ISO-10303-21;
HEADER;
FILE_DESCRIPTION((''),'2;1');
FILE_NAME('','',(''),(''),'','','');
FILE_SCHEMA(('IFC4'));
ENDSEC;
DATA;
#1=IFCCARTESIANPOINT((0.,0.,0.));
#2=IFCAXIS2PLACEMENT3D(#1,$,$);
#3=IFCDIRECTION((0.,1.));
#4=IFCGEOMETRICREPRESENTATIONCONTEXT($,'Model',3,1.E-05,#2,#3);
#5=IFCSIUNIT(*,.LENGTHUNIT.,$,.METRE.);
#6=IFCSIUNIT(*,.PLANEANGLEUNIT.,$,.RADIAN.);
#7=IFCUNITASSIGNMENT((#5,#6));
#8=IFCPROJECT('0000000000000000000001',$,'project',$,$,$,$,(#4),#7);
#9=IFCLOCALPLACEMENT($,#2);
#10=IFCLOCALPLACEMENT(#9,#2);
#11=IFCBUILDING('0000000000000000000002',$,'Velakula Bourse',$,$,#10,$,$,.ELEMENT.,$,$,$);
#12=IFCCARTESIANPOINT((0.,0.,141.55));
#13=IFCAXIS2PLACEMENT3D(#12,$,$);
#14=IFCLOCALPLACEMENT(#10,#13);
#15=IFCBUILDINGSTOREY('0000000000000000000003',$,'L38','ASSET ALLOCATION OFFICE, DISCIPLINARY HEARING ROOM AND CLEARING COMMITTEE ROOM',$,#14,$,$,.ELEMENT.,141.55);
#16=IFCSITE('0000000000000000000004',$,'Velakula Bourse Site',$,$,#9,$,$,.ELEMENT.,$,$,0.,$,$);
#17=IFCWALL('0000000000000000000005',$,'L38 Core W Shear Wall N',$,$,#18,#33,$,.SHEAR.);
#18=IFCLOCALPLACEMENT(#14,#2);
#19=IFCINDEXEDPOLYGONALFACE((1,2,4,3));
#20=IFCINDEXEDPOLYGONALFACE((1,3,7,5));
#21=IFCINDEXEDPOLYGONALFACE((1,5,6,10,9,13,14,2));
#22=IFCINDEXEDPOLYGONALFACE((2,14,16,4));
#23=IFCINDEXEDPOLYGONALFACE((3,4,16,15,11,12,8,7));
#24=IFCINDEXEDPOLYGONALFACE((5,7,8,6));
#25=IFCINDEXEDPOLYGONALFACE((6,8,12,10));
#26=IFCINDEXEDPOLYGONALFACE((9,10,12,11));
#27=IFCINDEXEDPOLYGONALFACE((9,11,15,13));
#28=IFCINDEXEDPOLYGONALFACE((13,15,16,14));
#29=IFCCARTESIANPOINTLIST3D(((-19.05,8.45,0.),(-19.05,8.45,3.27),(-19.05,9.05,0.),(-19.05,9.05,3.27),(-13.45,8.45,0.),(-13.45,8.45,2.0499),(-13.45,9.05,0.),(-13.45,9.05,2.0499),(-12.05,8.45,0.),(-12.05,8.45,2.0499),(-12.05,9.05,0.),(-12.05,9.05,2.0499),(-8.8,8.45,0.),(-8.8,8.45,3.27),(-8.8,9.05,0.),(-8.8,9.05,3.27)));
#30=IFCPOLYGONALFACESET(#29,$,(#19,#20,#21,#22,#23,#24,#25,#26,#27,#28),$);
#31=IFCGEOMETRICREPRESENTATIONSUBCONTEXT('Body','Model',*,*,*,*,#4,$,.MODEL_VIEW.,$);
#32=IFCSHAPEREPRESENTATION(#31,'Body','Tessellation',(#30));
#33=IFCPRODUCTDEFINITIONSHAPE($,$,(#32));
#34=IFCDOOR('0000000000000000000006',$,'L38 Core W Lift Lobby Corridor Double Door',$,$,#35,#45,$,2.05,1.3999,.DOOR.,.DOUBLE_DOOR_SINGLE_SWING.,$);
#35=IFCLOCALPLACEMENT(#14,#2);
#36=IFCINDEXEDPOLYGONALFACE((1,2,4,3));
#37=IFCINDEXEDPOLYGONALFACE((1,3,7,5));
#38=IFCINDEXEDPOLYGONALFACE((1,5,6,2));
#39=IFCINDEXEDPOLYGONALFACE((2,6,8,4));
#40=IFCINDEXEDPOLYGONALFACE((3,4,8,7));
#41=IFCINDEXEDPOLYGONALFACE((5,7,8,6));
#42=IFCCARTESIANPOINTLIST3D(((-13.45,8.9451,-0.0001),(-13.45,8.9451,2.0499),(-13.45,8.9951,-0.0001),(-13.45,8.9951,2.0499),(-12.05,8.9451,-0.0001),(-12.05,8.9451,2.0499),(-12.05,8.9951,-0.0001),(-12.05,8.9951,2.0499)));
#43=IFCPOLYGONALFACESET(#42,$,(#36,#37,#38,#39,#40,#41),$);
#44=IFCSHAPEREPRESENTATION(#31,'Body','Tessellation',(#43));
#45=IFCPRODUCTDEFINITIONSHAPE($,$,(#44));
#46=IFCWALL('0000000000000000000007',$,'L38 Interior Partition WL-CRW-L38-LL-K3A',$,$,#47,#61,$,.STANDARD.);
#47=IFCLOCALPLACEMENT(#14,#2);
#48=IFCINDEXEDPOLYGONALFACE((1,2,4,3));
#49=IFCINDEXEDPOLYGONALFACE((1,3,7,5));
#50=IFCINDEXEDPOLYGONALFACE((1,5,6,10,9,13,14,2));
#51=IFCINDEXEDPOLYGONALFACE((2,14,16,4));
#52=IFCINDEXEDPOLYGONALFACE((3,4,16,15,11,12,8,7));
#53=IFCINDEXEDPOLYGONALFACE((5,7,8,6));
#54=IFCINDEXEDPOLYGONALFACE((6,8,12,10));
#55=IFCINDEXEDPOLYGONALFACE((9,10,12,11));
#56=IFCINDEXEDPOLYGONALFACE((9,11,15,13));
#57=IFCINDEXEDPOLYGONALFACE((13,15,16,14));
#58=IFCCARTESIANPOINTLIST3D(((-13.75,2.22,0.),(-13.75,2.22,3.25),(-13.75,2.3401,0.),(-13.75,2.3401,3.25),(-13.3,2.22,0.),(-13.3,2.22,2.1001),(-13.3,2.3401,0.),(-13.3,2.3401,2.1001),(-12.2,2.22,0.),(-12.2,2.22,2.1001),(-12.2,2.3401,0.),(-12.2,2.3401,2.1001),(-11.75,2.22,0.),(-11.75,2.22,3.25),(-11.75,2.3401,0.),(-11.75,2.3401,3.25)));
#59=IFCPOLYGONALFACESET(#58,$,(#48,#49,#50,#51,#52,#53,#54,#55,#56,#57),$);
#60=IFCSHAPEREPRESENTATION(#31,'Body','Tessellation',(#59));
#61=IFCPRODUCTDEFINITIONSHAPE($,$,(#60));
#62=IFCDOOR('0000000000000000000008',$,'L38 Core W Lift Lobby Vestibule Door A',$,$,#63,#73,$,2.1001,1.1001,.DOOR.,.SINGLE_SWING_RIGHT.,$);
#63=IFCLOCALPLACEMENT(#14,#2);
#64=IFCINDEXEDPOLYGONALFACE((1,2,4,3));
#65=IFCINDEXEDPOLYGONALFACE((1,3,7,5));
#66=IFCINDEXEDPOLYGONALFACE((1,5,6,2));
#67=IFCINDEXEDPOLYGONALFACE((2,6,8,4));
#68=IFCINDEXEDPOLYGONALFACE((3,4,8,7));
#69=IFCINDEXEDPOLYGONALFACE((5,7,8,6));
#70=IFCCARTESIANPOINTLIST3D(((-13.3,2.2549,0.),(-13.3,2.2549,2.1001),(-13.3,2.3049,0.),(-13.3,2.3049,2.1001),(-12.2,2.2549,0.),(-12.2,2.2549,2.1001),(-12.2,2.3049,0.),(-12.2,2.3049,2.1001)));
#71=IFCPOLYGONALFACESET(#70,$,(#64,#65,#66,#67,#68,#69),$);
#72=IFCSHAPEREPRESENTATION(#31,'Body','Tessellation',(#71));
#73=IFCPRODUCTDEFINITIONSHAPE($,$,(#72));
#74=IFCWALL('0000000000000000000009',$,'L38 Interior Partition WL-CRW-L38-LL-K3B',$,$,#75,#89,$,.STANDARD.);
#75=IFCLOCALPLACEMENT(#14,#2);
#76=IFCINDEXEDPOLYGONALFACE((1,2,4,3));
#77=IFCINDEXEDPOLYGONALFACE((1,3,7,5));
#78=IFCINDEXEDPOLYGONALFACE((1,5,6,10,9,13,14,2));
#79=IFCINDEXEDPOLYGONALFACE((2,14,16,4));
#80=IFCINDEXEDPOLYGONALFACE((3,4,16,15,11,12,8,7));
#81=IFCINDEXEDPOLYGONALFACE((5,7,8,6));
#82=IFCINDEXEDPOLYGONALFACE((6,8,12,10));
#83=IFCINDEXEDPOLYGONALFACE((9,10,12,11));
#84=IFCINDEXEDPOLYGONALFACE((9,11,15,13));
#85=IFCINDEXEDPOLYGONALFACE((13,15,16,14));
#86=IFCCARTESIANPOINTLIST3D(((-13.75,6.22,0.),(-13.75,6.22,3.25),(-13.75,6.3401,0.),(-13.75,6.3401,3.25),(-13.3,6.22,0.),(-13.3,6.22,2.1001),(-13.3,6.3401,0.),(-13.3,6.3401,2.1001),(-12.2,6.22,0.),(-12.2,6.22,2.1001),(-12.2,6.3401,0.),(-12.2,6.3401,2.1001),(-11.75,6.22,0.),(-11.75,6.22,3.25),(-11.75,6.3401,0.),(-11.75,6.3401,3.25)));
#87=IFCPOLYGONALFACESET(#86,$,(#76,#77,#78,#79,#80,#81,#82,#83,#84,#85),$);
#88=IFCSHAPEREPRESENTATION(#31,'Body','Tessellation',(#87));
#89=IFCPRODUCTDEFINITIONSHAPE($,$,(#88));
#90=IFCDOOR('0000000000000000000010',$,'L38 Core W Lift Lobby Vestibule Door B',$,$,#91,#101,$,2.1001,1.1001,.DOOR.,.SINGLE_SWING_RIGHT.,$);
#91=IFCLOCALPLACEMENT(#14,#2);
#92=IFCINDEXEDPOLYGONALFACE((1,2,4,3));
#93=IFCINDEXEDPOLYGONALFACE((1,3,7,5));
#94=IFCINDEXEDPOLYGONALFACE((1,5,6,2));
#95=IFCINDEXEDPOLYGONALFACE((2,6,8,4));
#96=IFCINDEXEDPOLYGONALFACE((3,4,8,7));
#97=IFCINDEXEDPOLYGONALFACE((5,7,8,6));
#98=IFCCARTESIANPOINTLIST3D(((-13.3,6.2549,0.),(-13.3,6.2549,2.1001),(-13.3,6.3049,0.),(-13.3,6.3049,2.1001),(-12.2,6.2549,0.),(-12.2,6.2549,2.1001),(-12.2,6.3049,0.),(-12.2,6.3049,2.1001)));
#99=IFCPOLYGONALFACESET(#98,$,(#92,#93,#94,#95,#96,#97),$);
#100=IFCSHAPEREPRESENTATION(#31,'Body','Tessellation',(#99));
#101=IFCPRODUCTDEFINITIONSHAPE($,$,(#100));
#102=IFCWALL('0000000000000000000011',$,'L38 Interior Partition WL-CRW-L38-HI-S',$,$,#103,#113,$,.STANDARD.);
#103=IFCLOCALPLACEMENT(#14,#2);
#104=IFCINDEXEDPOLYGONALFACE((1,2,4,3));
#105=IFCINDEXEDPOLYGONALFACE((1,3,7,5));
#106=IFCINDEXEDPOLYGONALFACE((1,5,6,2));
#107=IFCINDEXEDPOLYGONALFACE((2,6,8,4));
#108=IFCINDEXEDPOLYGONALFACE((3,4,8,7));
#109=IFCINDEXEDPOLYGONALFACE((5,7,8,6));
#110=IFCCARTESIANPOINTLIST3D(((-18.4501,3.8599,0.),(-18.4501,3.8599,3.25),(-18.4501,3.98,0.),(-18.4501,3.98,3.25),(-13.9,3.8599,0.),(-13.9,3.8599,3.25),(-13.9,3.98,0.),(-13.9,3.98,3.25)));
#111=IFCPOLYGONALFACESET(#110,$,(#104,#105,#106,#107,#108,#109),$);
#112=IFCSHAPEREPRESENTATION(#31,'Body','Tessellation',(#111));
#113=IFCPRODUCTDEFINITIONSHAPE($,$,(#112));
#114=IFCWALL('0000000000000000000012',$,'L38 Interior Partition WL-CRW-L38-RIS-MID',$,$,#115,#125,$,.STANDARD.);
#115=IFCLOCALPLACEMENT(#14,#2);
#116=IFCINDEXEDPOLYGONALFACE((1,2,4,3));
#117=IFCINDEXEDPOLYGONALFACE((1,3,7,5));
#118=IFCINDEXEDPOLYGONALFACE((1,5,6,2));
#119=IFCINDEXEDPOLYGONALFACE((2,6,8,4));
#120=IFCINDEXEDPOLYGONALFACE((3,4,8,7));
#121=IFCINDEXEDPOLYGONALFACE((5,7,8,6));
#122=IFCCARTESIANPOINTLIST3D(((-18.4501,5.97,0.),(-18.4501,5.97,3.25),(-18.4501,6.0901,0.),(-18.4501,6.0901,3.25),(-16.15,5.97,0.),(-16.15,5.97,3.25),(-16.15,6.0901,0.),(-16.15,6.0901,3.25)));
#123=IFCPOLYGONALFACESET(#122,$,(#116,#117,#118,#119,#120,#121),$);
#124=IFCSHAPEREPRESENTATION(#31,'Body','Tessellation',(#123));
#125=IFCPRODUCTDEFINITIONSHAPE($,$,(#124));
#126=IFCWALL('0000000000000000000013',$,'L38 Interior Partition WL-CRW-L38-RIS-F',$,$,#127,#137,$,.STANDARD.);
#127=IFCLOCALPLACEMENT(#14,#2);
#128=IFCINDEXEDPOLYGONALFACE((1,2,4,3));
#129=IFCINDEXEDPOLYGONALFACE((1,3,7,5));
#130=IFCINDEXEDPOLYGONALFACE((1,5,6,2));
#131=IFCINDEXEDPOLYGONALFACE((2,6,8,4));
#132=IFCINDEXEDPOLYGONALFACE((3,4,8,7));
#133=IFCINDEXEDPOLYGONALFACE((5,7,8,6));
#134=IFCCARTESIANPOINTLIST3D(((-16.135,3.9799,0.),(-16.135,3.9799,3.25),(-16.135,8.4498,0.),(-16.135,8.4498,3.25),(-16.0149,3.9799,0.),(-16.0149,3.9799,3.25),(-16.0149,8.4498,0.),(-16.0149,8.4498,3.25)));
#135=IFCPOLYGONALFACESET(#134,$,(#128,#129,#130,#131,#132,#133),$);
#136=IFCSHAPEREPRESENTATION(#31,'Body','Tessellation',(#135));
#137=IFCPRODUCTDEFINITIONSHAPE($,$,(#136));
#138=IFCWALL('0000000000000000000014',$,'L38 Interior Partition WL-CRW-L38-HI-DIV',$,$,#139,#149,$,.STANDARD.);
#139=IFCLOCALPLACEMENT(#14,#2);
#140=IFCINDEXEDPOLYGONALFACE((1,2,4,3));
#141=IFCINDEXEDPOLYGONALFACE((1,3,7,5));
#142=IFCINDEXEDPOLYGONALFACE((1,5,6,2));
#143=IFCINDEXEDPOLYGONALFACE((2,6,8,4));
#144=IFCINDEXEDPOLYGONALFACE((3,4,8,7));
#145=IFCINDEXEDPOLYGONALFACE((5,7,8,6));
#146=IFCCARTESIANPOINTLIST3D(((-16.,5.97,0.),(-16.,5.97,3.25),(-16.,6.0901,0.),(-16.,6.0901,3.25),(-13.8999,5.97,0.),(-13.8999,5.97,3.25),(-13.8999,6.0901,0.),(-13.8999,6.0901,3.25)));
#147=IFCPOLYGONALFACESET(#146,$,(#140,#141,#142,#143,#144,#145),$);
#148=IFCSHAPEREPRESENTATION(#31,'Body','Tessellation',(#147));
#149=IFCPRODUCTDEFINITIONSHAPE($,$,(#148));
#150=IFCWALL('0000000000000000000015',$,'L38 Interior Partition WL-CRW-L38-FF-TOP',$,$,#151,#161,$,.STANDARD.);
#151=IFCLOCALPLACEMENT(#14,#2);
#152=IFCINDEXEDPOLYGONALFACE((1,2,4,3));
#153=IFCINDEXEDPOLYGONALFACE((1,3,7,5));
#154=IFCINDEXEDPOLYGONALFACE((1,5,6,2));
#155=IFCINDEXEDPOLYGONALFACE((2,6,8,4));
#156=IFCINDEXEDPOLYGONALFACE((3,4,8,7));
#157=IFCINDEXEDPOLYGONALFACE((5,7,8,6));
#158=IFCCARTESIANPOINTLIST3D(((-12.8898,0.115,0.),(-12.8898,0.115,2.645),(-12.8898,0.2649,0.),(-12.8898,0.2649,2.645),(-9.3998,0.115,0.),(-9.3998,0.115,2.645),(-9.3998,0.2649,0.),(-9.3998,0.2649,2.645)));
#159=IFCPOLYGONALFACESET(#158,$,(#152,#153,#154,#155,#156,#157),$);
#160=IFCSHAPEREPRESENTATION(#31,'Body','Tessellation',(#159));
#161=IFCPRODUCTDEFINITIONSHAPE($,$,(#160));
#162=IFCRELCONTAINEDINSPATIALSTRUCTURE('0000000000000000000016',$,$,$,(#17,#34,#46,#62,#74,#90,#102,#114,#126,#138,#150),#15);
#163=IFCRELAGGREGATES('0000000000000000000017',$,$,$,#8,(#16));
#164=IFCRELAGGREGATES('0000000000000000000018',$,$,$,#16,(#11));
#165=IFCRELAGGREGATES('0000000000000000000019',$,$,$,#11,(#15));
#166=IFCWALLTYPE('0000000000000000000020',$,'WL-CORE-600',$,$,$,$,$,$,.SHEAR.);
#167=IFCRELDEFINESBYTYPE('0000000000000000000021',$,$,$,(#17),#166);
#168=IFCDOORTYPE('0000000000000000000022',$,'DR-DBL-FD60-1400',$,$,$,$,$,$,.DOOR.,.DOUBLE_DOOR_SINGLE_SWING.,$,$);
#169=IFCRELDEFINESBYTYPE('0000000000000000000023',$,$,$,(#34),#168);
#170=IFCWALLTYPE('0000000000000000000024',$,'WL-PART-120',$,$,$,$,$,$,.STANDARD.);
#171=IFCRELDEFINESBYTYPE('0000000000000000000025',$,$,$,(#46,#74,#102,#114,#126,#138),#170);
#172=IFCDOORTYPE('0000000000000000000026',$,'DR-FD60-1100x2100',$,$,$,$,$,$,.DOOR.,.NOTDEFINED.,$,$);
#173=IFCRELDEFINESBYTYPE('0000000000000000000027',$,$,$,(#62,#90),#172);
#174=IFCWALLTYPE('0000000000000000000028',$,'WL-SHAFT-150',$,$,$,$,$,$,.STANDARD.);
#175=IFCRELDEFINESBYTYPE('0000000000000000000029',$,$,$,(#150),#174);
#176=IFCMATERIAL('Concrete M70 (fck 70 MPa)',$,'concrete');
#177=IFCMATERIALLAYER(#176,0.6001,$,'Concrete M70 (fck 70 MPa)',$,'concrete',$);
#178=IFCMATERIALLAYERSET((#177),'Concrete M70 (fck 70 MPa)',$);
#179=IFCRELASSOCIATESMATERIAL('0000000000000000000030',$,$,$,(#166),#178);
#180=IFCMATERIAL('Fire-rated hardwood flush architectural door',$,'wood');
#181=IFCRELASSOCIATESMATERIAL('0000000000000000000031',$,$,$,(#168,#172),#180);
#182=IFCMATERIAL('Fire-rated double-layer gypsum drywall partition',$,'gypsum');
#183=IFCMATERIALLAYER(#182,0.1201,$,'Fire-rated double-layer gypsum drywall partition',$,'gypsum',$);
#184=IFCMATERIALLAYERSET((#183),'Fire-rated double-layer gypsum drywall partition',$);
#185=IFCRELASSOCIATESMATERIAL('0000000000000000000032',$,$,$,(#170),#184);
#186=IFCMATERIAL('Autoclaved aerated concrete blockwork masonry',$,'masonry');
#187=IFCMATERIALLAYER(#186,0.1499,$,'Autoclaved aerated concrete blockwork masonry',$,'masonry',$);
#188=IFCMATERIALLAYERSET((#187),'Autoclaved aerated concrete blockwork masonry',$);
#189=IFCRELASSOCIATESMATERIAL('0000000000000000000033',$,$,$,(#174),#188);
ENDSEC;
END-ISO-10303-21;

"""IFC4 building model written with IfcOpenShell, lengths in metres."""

from ifc_helpers import new_model, si_unit, direction, frame, frame_2d, origin, place, context, subcontext, project, spatial, rectangle, extrude, material, layer, layer_set, type_object, element, fill, save


model = new_model("IFC4")

# Units and contexts
model_context = context("Model", 3, precision=1e-05, world=origin(), true_north=direction((0.0, 1.0)))
body_context = subcontext(model_context, "Body", "Model", "MODEL_VIEW")
ifc_project = project(units=[si_unit("LENGTHUNIT", "METRE"), si_unit("PLANEANGLEUNIT", "RADIAN")], contexts=[model_context])

# Site, building, storey
site_placement = place(None, origin())
site = spatial("IfcSite", under=ifc_project, at=site_placement, Name="Velakula Bourse Site", CompositionType="ELEMENT", RefElevation=0.0)
building_placement = place(site_placement, origin())
building = spatial("IfcBuilding", under=site, at=building_placement, Name="Velakula Bourse", CompositionType="ELEMENT")
storey_placement = place(building_placement, frame((0.0, 0.0, 141.55)))
storey = spatial("IfcBuildingStorey", under=building, at=storey_placement, Name="L38", Description="ASSET ALLOCATION OFFICE, DISCIPLINARY HEARING ROOM AND CLEARING COMMITTEE ROOM", CompositionType="ELEMENT", Elevation=141.55)

# Shared definitions
ifc_material_1 = material(Name="Concrete M70 (fck 70 MPa)", Category="concrete")

# Walls, openings, doors
ifc_layer_1 = layer(ifc_material_1, 0.6001, Name="Concrete M70 (fck 70 MPa)", Category="concrete")
ifc_layer_set_1 = layer_set([ifc_layer_1], Name="Concrete M70 (fck 70 MPa)")
wall_type_1 = type_object("IfcWallType", Name="WL-CORE-600", PredefinedType="SHEAR", material=ifc_layer_set_1)
wall_1_placement = place(storey_placement, frame((-19.05, 8.75, 0.0), z_axis=(0.0, 0.0, 1.0), x_axis=(1.0, 0.0, 0.0)))
wall_1 = element("IfcWall", 1, at=wall_1_placement, inside=storey, type_object=wall_type_1, Name="L38 Core W Shear Wall N", PredefinedType="SHEAR", context=body_context, shape_type="SweptSolid", body=[
    extrude(rectangle(XDim=10.25, YDim=0.6001, at=frame_2d((5.125, 0.0))), origin(), (0.0, 0.0, 1.0), 3.27),
])
opening_1_placement = place(wall_1_placement, frame((5.6001, 0.0, 0.0)))
opening_1 = element("IfcOpeningElement", 2, at=opening_1_placement, cuts=wall_1, PredefinedType="OPENING", context=body_context, shape_type="SweptSolid", body=[
    extrude(rectangle(XDim=1.3999, YDim=2.05, at=frame_2d((0.7, 1.0249))), frame((0.0, 0.3101, 0.0), z_axis=(0.0, -1.0, 0.0), x_axis=(1.0, 0.0, 0.0)), (0.0, 0.0, 1.0), 0.6201),
])
ifc_material_2 = material(Name="Fire-rated hardwood flush architectural door", Category="wood")
door_type_1 = type_object("IfcDoorType", Name="DR-DBL-FD60-1400", OperationType="DOUBLE_DOOR_SINGLE_SWING", PredefinedType="DOOR", material=ifc_material_2)
door_1_placement = place(opening_1_placement, origin())
door_1 = element("IfcDoor", 3, at=door_1_placement, inside=storey, type_object=door_type_1, Name="L38 Core W Lift Lobby Corridor Double Door", OperationType="DOUBLE_DOOR_SINGLE_SWING", OverallHeight=2.05, OverallWidth=1.3999, PredefinedType="DOOR", context=body_context, shape_type="SweptSolid", body=[
    extrude(rectangle(XDim=1.3999, YDim=2.05, at=frame_2d((0.7, 1.0249))), frame((0.0, 0.2451, 0.0), z_axis=(0.0, -1.0, 0.0), x_axis=(1.0, 0.0, 0.0)), (0.0, 0.0, 1.0), 0.05),
])
fill(opening_1, door_1)
ifc_material_3 = material(Name="Fire-rated double-layer gypsum drywall partition", Category="gypsum")
ifc_layer_2 = layer(ifc_material_3, 0.1201, Name="Fire-rated double-layer gypsum drywall partition", Category="gypsum")
ifc_layer_set_2 = layer_set([ifc_layer_2], Name="Fire-rated double-layer gypsum drywall partition")
wall_type_2 = type_object("IfcWallType", Name="WL-PART-120", PredefinedType="STANDARD", material=ifc_layer_set_2)
wall_2_placement = place(storey_placement, frame((-13.75, 2.28, 0.0), z_axis=(0.0, 0.0, 1.0), x_axis=(1.0, 0.0, 0.0)))
wall_2 = element("IfcWall", 4, at=wall_2_placement, inside=storey, type_object=wall_type_2, Name="L38 Interior Partition WL-CRW-L38-LL-K3A", PredefinedType="STANDARD", context=body_context, shape_type="SweptSolid", body=[
    extrude(rectangle(XDim=2.0, YDim=0.1201, at=frame_2d((1.0, 0.0))), origin(), (0.0, 0.0, 1.0), 3.25),
])
opening_2_placement = place(wall_2_placement, frame((0.45, 0.0, 0.0)))
opening_2 = element("IfcOpeningElement", 5, at=opening_2_placement, cuts=wall_2, PredefinedType="OPENING", context=body_context, shape_type="SweptSolid", body=[
    extrude(rectangle(XDim=1.1001, YDim=2.1001, at=frame_2d((0.55, 1.05))), frame((0.0, 0.0701, 0.0), z_axis=(0.0, -1.0, 0.0), x_axis=(1.0, 0.0, 0.0)), (0.0, 0.0, 1.0), 0.1401),
])
door_type_2 = type_object("IfcDoorType", Name="DR-FD60-1100x2100", OperationType="NOTDEFINED", PredefinedType="DOOR", material=ifc_material_2)
door_2_placement = place(opening_2_placement, origin())
door_2 = element("IfcDoor", 6, at=door_2_placement, inside=storey, type_object=door_type_2, Name="L38 Core W Lift Lobby Vestibule Door A", OperationType="SINGLE_SWING_RIGHT", OverallHeight=2.1001, OverallWidth=1.1001, PredefinedType="DOOR", context=body_context, shape_type="SweptSolid", body=[
    extrude(rectangle(XDim=1.1001, YDim=2.1001, at=frame_2d((0.55, 1.05))), frame((0.0, 0.0249, 0.0), z_axis=(0.0, -1.0, 0.0), x_axis=(1.0, 0.0, 0.0)), (0.0, 0.0, 1.0), 0.05),
])
fill(opening_2, door_2)
wall_3_placement = place(storey_placement, frame((-13.75, 6.28, 0.0), z_axis=(0.0, 0.0, 1.0), x_axis=(1.0, 0.0, 0.0)))
wall_3 = element("IfcWall", 7, at=wall_3_placement, inside=storey, type_object=wall_type_2, Name="L38 Interior Partition WL-CRW-L38-LL-K3B", PredefinedType="STANDARD", context=body_context, shape_type="SweptSolid", body=[
    extrude(rectangle(XDim=2.0, YDim=0.1201, at=frame_2d((1.0, 0.0))), origin(), (0.0, 0.0, 1.0), 3.25),
])
opening_3_placement = place(wall_3_placement, frame((0.45, 0.0, 0.0)))
opening_3 = element("IfcOpeningElement", 8, at=opening_3_placement, cuts=wall_3, PredefinedType="OPENING", context=body_context, shape_type="SweptSolid", body=[
    extrude(rectangle(XDim=1.1001, YDim=2.1001, at=frame_2d((0.55, 1.05))), frame((0.0, 0.0701, 0.0), z_axis=(0.0, -1.0, 0.0), x_axis=(1.0, 0.0, 0.0)), (0.0, 0.0, 1.0), 0.1401),
])
door_3_placement = place(opening_3_placement, origin())
door_3 = element("IfcDoor", 9, at=door_3_placement, inside=storey, type_object=door_type_2, Name="L38 Core W Lift Lobby Vestibule Door B", OperationType="SINGLE_SWING_RIGHT", OverallHeight=2.1001, OverallWidth=1.1001, PredefinedType="DOOR", context=body_context, shape_type="SweptSolid", body=[
    extrude(rectangle(XDim=1.1001, YDim=2.1001, at=frame_2d((0.55, 1.05))), frame((0.0, 0.0249, 0.0), z_axis=(0.0, -1.0, 0.0), x_axis=(1.0, 0.0, 0.0)), (0.0, 0.0, 1.0), 0.05),
])
fill(opening_3, door_3)

# Walls
wall_4_placement = place(storey_placement, frame((-18.45, 3.9199, 0.0), z_axis=(0.0, 0.0, 1.0), x_axis=(1.0, 0.0, 0.0)))
element("IfcWall", 10, at=wall_4_placement, inside=storey, type_object=wall_type_2, Name="L38 Interior Partition WL-CRW-L38-HI-S", PredefinedType="STANDARD", context=body_context, shape_type="SweptSolid", body=[
    extrude(rectangle(XDim=4.55, YDim=0.1201, at=frame_2d((2.2749, 0.0))), origin(), (0.0, 0.0, 1.0), 3.25),
])
wall_5_placement = place(storey_placement, frame((-18.45, 6.03, 0.0), z_axis=(0.0, 0.0, 1.0), x_axis=(1.0, 0.0, 0.0)))
element("IfcWall", 11, at=wall_5_placement, inside=storey, type_object=wall_type_2, Name="L38 Interior Partition WL-CRW-L38-RIS-MID", PredefinedType="STANDARD", context=body_context, shape_type="SweptSolid", body=[
    extrude(rectangle(XDim=2.3, YDim=0.1201, at=frame_2d((1.1499, 0.0))), origin(), (0.0, 0.0, 1.0), 3.25),
])
wall_6_placement = place(storey_placement, frame((-16.075, 3.98, 0.0), z_axis=(0.0, 0.0, 1.0), x_axis=(0.0, 1.0, 0.0)))
element("IfcWall", 12, at=wall_6_placement, inside=storey, type_object=wall_type_2, Name="L38 Interior Partition WL-CRW-L38-RIS-F", PredefinedType="STANDARD", context=body_context, shape_type="SweptSolid", body=[
    extrude(rectangle(XDim=4.47, YDim=0.1201, at=frame_2d((2.2349, 0.0))), origin(), (0.0, 0.0, 1.0), 3.25),
])
wall_7_placement = place(storey_placement, frame((-16.0, 6.03, 0.0), z_axis=(0.0, 0.0, 1.0), x_axis=(1.0, 0.0, 0.0)))
element("IfcWall", 13, at=wall_7_placement, inside=storey, type_object=wall_type_2, Name="L38 Interior Partition WL-CRW-L38-HI-DIV", PredefinedType="STANDARD", context=body_context, shape_type="SweptSolid", body=[
    extrude(rectangle(XDim=2.1001, YDim=0.1201, at=frame_2d((1.05, 0.0))), origin(), (0.0, 0.0, 1.0), 3.25),
])
ifc_material_4 = material(Name="Autoclaved aerated concrete blockwork masonry", Category="masonry")
ifc_layer_3 = layer(ifc_material_4, 0.1499, Name="Autoclaved aerated concrete blockwork masonry", Category="masonry")
ifc_layer_set_3 = layer_set([ifc_layer_3], Name="Autoclaved aerated concrete blockwork masonry")
wall_type_3 = type_object("IfcWallType", Name="WL-SHAFT-150", PredefinedType="STANDARD", material=ifc_layer_set_3)
wall_8_placement = place(storey_placement, frame((-12.8899, 0.1899, 0.0), z_axis=(0.0, 0.0, 1.0), x_axis=(1.0, 0.0, 0.0)))
element("IfcWall", 14, at=wall_8_placement, inside=storey, type_object=wall_type_3, Name="L38 Interior Partition WL-CRW-L38-FF-TOP", PredefinedType="STANDARD", context=body_context, shape_type="SweptSolid", body=[
    extrude(rectangle(XDim=3.49, YDim=0.1499, at=frame_2d((1.7451, 0.0))), origin(), (0.0, 0.0, 1.0), 2.645),
])

save(model, "model.ifc")
